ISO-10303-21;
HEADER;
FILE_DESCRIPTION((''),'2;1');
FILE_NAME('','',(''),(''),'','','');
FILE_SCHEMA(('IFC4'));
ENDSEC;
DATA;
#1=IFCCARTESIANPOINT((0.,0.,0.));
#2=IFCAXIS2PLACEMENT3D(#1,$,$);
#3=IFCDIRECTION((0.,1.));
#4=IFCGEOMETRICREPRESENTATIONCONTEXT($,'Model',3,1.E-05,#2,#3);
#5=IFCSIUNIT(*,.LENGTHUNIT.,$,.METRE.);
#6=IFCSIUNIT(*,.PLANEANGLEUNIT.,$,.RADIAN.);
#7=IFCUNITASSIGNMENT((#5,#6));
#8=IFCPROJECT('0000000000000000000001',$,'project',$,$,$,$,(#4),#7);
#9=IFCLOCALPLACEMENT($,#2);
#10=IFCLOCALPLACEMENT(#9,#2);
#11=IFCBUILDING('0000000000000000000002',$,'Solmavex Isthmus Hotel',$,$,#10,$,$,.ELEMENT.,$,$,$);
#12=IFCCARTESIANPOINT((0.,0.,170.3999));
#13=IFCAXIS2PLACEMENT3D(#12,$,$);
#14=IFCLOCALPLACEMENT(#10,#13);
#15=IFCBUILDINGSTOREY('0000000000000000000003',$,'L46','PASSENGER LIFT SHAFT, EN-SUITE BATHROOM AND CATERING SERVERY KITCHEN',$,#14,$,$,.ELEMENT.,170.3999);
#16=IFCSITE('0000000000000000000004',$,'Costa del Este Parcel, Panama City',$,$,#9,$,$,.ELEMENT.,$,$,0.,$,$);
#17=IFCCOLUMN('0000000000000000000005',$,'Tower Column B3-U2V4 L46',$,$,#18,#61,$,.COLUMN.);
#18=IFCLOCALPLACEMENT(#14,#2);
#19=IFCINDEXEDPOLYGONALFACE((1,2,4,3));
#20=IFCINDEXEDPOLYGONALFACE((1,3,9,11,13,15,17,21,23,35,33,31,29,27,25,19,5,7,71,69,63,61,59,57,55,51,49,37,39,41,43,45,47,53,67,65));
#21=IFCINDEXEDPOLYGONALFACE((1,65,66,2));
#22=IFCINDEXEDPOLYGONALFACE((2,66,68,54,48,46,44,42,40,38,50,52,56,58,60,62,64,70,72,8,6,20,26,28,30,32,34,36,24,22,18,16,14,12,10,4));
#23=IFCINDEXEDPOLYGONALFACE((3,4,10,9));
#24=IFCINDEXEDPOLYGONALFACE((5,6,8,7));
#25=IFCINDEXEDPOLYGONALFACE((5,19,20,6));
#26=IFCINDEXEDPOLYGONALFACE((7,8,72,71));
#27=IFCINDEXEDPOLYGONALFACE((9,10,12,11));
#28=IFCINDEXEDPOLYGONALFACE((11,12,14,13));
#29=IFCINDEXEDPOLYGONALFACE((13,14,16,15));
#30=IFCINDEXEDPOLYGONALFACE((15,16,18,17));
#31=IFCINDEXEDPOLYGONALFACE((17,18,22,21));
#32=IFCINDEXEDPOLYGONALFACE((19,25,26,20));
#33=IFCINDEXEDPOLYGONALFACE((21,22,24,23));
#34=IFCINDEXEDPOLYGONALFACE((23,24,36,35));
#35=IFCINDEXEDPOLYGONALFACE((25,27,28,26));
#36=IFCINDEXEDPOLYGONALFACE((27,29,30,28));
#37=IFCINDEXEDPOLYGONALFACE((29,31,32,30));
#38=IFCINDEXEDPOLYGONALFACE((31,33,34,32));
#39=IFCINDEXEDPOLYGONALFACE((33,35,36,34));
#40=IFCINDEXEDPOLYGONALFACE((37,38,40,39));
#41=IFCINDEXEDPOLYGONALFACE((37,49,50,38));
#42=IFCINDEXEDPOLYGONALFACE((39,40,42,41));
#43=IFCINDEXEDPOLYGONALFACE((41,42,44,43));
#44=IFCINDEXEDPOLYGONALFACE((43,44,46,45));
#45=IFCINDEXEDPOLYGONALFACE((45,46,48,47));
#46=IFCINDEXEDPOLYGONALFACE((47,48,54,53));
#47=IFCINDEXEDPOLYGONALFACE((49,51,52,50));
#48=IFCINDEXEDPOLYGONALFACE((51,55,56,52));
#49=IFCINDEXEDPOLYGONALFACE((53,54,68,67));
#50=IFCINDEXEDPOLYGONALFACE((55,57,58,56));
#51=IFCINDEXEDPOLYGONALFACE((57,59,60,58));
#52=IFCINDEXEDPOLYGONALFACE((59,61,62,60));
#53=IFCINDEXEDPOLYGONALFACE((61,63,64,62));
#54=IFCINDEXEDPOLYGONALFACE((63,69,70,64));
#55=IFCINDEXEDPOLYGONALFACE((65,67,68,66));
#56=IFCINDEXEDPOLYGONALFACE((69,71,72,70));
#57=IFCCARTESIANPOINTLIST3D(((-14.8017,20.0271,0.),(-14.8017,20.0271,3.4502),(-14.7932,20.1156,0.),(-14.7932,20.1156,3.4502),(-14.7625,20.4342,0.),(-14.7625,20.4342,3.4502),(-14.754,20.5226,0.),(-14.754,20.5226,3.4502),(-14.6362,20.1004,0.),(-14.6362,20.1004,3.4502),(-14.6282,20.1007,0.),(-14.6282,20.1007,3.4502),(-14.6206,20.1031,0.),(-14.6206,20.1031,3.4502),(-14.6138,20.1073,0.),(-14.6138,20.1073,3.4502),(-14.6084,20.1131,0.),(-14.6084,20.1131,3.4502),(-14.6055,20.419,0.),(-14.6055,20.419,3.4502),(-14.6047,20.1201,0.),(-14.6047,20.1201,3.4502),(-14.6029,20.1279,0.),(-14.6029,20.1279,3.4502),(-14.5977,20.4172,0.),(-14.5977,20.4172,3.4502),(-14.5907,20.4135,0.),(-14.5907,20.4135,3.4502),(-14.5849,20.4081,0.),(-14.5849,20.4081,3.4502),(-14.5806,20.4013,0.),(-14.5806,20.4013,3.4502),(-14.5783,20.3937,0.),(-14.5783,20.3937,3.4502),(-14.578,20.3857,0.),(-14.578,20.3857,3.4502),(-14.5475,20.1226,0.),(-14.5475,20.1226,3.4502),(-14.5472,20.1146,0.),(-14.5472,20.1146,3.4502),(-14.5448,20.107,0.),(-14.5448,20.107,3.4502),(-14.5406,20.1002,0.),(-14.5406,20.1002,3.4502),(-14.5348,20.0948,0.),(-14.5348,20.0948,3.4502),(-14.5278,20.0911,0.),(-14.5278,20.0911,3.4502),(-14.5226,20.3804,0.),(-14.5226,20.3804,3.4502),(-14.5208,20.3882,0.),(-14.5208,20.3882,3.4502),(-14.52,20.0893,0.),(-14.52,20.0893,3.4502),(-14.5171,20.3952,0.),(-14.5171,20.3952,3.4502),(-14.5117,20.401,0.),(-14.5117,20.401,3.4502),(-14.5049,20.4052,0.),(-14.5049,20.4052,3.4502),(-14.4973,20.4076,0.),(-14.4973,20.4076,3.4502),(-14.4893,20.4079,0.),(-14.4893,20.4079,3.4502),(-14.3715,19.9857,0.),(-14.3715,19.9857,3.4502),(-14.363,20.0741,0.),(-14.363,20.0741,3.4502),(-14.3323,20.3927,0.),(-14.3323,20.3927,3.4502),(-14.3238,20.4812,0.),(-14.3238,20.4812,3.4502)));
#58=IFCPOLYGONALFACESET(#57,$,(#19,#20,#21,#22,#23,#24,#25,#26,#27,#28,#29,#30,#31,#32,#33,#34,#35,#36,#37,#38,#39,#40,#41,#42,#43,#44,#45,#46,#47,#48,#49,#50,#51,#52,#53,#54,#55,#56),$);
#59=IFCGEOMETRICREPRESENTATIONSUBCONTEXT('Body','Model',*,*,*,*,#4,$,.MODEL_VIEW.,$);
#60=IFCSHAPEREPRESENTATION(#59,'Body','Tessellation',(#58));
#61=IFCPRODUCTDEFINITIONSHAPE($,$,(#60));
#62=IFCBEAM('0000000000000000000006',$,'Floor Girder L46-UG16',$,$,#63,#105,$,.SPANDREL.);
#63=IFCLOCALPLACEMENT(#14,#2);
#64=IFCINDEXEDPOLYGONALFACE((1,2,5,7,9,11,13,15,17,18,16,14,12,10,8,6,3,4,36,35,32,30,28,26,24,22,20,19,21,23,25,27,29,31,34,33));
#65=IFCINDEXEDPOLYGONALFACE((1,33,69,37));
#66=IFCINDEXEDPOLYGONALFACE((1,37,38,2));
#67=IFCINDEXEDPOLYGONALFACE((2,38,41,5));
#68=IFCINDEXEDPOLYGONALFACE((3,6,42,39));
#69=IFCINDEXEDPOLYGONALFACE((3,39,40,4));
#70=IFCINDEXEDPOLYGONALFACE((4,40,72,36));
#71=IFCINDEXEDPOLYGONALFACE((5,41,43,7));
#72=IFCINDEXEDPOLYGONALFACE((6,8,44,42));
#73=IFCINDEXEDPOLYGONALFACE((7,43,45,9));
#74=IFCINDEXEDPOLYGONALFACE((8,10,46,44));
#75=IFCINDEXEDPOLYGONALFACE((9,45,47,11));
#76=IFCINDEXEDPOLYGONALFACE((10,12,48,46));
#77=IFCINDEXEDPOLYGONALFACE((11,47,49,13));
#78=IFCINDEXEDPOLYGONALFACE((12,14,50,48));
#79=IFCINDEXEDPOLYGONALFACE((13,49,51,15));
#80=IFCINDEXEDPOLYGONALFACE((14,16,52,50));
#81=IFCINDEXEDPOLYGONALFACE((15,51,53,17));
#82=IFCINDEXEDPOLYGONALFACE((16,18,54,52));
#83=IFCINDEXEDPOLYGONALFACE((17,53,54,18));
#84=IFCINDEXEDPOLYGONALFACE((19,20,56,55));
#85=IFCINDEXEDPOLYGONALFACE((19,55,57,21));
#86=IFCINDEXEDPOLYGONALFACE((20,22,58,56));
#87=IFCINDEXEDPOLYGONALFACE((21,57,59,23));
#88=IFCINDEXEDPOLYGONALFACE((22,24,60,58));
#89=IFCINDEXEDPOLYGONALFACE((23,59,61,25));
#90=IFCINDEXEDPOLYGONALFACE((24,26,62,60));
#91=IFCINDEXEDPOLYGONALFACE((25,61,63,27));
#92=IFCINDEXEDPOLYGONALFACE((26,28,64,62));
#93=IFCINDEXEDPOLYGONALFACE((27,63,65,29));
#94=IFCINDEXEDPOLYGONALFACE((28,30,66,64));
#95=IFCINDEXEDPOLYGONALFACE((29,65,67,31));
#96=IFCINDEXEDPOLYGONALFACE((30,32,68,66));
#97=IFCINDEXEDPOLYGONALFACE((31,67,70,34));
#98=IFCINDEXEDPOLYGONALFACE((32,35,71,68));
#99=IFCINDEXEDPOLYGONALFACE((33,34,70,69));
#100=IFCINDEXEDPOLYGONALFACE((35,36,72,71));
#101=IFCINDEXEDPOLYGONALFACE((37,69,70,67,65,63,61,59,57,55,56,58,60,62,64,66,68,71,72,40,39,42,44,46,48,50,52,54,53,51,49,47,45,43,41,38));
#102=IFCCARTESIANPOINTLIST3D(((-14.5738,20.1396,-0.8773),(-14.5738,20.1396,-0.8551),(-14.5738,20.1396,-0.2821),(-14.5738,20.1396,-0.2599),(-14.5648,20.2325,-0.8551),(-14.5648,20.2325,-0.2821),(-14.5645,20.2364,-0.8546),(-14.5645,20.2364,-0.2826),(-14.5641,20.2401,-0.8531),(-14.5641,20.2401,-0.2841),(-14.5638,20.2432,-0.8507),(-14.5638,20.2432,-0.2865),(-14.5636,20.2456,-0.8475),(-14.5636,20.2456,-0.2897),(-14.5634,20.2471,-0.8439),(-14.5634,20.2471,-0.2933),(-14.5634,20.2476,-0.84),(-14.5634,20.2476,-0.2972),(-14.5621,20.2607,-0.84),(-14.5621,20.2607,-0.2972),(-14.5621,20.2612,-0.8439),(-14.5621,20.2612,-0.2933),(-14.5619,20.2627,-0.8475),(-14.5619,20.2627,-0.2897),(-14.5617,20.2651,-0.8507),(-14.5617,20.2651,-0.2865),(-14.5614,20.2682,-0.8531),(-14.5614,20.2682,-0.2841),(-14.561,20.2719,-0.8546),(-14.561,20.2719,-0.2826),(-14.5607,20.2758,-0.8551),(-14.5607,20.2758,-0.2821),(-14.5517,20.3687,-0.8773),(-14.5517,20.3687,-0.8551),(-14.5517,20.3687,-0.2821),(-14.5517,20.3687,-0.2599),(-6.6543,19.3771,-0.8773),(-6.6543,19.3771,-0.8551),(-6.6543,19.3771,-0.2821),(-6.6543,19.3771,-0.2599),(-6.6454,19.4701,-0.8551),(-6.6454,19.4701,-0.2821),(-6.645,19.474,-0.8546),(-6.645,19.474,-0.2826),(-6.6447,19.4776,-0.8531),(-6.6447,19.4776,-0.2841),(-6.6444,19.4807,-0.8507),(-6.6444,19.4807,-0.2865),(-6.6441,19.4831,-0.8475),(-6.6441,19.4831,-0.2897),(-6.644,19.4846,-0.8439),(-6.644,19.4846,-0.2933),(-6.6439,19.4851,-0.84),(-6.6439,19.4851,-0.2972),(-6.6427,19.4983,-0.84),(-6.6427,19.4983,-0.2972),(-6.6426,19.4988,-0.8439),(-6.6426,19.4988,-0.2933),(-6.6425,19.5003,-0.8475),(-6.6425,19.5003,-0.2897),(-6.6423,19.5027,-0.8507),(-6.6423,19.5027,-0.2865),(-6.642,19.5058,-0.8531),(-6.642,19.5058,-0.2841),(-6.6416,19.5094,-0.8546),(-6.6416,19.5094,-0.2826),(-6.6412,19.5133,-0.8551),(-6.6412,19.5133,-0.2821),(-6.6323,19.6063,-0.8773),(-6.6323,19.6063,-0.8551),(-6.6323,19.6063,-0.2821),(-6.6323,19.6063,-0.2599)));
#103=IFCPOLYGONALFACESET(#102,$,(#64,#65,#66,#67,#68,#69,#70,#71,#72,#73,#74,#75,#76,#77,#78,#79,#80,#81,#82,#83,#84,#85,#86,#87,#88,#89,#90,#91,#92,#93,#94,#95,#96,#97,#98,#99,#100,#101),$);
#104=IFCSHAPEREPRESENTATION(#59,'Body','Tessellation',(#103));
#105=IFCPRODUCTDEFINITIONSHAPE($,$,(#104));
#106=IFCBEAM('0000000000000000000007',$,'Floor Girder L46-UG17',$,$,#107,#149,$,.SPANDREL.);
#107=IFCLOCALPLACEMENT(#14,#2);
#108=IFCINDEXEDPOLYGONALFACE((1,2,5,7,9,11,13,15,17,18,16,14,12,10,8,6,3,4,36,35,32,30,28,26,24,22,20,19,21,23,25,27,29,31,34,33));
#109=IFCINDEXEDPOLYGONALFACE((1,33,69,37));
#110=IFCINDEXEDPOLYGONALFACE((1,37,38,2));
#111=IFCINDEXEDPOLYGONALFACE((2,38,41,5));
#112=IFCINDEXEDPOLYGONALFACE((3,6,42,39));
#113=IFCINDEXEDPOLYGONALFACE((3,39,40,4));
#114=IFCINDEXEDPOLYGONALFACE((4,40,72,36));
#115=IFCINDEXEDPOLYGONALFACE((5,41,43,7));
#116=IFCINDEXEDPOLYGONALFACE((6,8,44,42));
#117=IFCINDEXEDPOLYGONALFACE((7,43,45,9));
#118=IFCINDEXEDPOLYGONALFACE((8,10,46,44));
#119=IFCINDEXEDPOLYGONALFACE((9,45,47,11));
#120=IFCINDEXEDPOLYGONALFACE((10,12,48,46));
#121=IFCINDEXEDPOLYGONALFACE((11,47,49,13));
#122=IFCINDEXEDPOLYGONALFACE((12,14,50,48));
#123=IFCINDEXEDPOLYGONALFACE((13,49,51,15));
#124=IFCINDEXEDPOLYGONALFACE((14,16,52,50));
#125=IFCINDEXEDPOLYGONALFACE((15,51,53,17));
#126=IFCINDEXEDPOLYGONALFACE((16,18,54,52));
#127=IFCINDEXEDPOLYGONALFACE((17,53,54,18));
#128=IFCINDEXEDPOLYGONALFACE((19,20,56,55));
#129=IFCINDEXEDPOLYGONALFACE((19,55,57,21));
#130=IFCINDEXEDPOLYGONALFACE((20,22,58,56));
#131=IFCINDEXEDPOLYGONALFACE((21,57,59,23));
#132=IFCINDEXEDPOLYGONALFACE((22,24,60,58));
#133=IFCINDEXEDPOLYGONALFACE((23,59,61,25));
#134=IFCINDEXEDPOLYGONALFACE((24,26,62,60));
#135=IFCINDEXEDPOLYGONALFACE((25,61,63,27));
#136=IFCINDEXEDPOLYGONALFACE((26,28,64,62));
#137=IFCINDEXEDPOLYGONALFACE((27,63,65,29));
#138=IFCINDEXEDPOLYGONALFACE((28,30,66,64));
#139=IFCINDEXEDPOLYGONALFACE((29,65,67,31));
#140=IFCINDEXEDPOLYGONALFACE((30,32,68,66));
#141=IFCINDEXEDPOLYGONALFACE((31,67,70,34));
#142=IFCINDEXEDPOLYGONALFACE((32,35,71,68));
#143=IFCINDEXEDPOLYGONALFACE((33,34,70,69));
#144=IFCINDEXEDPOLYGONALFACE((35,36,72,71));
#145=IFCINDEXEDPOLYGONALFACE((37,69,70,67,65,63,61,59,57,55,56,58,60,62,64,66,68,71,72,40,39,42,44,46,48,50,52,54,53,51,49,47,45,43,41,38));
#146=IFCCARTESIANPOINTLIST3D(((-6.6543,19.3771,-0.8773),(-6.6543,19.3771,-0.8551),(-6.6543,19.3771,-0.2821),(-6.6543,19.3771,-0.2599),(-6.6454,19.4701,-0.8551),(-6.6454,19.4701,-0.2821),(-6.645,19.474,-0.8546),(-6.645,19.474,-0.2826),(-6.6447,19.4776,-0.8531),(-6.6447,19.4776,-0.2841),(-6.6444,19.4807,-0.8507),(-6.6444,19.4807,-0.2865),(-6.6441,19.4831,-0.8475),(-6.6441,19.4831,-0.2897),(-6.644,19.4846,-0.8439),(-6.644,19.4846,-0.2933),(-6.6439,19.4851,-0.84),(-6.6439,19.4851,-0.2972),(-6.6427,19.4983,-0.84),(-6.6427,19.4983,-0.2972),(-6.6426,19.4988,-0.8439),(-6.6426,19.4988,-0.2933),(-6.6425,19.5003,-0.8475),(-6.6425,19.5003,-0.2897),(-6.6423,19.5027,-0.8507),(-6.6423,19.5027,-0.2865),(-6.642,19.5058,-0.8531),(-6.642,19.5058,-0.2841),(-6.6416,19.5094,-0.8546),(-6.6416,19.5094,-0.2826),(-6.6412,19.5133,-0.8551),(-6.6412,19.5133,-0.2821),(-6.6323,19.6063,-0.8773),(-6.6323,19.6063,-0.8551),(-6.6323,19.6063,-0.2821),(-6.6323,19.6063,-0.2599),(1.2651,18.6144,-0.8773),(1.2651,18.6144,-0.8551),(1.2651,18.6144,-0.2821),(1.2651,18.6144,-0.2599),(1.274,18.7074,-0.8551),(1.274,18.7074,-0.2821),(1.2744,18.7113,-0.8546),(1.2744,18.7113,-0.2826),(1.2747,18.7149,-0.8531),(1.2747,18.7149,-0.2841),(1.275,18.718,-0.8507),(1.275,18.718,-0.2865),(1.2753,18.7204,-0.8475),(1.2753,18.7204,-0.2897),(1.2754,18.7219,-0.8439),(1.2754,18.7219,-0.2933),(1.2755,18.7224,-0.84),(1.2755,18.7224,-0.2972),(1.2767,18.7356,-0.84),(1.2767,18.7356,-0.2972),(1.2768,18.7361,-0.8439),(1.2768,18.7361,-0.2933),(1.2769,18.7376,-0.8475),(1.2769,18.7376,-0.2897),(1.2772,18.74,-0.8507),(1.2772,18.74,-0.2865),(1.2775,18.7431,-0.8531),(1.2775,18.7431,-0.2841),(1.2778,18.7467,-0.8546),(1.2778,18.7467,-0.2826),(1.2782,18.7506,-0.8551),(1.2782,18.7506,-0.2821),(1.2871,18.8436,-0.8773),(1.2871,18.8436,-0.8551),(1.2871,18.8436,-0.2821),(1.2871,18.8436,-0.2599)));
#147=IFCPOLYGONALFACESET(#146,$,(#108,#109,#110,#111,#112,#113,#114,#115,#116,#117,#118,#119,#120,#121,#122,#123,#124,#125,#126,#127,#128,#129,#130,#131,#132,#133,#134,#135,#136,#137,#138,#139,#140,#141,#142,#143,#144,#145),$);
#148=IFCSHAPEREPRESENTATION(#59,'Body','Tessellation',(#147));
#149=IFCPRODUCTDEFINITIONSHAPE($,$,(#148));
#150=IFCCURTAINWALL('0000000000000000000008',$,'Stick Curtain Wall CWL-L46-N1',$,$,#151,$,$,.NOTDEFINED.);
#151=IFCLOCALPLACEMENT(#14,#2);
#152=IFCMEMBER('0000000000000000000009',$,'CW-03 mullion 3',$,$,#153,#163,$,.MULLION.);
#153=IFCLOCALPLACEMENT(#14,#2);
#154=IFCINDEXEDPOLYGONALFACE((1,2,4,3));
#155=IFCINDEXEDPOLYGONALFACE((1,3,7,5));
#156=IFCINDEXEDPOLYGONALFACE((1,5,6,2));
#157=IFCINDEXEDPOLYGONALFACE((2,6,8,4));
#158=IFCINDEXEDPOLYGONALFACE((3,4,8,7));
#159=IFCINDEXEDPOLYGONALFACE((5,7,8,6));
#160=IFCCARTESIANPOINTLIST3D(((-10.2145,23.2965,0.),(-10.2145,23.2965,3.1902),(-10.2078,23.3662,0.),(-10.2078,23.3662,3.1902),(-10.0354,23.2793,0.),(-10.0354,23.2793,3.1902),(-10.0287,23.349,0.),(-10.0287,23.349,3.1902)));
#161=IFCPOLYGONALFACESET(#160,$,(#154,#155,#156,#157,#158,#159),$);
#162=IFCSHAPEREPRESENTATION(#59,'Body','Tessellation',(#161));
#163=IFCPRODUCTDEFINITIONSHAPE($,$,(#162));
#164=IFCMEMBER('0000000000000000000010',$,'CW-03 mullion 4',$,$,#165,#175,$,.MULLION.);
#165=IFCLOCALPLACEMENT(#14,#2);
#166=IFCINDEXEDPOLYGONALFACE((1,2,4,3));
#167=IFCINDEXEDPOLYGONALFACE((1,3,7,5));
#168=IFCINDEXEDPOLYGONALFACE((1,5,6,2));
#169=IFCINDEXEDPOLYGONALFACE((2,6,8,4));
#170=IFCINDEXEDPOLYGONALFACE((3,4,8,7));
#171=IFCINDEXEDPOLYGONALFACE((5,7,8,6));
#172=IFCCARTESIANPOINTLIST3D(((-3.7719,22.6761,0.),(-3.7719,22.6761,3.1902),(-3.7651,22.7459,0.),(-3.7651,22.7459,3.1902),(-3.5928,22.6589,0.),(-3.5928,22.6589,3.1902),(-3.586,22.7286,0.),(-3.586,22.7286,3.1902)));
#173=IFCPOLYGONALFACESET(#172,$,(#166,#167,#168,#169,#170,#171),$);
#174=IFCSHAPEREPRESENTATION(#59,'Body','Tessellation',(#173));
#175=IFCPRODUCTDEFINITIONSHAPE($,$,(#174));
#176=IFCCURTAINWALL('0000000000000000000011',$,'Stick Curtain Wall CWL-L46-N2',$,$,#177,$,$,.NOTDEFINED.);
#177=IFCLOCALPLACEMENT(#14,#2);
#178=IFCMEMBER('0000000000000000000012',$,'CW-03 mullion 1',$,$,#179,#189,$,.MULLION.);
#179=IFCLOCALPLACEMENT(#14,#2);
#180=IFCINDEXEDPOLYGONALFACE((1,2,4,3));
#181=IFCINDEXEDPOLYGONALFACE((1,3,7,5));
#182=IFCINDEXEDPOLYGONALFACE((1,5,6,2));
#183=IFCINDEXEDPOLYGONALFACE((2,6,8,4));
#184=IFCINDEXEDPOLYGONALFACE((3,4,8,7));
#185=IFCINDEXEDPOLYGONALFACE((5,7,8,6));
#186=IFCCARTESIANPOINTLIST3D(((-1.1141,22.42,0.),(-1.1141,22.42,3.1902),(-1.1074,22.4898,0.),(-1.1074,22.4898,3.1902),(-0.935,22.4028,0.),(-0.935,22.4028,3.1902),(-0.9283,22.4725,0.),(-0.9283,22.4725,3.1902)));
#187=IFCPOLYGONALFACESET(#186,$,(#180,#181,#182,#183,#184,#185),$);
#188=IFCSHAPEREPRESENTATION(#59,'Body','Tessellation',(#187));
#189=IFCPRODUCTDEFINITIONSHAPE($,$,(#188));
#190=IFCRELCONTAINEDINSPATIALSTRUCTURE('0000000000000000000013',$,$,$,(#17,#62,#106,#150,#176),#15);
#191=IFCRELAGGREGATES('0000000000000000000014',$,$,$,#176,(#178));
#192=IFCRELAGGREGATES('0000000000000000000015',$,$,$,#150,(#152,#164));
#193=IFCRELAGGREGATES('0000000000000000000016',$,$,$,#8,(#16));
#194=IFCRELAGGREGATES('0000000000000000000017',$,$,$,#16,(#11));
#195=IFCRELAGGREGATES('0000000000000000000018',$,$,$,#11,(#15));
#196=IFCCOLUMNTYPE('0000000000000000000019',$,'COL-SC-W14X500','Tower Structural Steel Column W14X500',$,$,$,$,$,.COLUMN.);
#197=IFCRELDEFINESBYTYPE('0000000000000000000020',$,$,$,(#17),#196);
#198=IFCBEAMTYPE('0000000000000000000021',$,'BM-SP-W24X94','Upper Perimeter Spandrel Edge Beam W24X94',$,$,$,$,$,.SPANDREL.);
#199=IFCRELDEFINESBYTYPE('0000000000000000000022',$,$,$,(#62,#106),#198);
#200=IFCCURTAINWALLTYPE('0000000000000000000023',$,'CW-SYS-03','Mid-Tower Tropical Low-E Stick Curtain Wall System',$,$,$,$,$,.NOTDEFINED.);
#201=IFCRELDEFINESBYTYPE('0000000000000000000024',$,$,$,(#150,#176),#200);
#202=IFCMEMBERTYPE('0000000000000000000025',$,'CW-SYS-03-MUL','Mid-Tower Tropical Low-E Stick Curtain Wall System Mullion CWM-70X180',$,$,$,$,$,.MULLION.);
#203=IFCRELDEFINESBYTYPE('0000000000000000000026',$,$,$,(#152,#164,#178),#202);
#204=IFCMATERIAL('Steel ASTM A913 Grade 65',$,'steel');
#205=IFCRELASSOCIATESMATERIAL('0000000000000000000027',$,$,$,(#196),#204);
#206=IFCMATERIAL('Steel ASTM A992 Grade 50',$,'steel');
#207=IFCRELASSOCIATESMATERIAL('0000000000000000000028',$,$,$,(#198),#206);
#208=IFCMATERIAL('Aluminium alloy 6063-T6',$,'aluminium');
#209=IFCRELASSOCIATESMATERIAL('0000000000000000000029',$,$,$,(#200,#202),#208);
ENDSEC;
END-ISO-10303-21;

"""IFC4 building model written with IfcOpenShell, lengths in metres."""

from ifc_helpers import new_model, si_unit, direction, frame, origin, origin_2d, place, context, subcontext, project, spatial, rectangle, i_section, extrude, material, material_profile, profile_set, type_object, element, aggregate, save


model = new_model("IFC4")

# Units and contexts
model_context = context("Model", 3, precision=1e-05, world=origin(), true_north=direction((0.0, 1.0)))
body_context = subcontext(model_context, "Body", "Model", "MODEL_VIEW")
ifc_project = project(units=[si_unit("LENGTHUNIT", "METRE"), si_unit("PLANEANGLEUNIT", "RADIAN")], contexts=[model_context])

# Site, building, storey
site_placement = place(None, origin())
site = spatial("IfcSite", under=ifc_project, at=site_placement, Name="Costa del Este Parcel, Panama City", CompositionType="ELEMENT", RefElevation=0.0)
building_placement = place(site_placement, origin())
building = spatial("IfcBuilding", under=site, at=building_placement, Name="Solmavex Isthmus Hotel", CompositionType="ELEMENT")
storey_placement = place(building_placement, frame((0.0, 0.0, 170.3999)))
storey = spatial("IfcBuildingStorey", under=building, at=storey_placement, Name="L46", Description="PASSENGER LIFT SHAFT, EN-SUITE BATHROOM AND CATERING SERVERY KITCHEN", CompositionType="ELEMENT", Elevation=170.3999)

# Column
ifc_material_1 = material(Name="Steel ASTM A913 Grade 65", Category="steel")
ifc_material_profile_1 = material_profile(ifc_material_1, i_section(OverallWidth=0.4321, OverallDepth=0.4978, WebThickness=0.0557, FlangeThickness=0.0889, FilletRadius=0.0305, at=origin_2d()), Name="W14X500")
ifc_profile_set_1 = profile_set([ifc_material_profile_1], Name="Steel ASTM A913 Grade 65")
column_type = type_object("IfcColumnType", Name="COL-SC-W14X500", Description="Tower Structural Steel Column W14X500", PredefinedType="COLUMN", material=ifc_profile_set_1)
column_placement = place(storey_placement, frame((-14.5627, 20.2542, 0.0), z_axis=(0.0, 0.0, 1.0), x_axis=(0.995396, -0.095846, 0.0)))
element("IfcColumn", 1, at=column_placement, inside=storey, type_object=column_type, Name="Tower Column B3-U2V4 L46", PredefinedType="COLUMN", context=body_context, shape_type="SweptSolid", body=[
    extrude(i_section(OverallWidth=0.4321, OverallDepth=0.4978, WebThickness=0.0557, FlangeThickness=0.0889, FilletRadius=0.0305, at=origin_2d()), origin(), (0.0, 0.0, 1.0), 3.4502),
])

# Beams
ifc_material_2 = material(Name="Steel ASTM A992 Grade 50", Category="steel")
ifc_material_profile_2 = material_profile(ifc_material_2, i_section(OverallWidth=0.2302, OverallDepth=0.6174, WebThickness=0.0132, FlangeThickness=0.0222, FilletRadius=0.0151, at=origin_2d()), Name="W24X94")
ifc_profile_set_2 = profile_set([ifc_material_profile_2], Name="Steel ASTM A992 Grade 50")
beam_type = type_object("IfcBeamType", Name="BM-SP-W24X94", Description="Upper Perimeter Spandrel Edge Beam W24X94", PredefinedType="SPANDREL", material=ifc_profile_set_2)
for number, where, z_axis, x_axis, name in (
    (2, (-14.5627, 20.2542, -0.5686), (0.995397, -0.095833, 0.0), (0.095833, 0.995397, 0.0), "Floor Girder L46-UG16"),
    (3, (-6.6433, 19.4917, -0.5686), (0.995395, -0.095863, 0.0), (0.095863, 0.995395, 0.0), "Floor Girder L46-UG17"),
):
    element("IfcBeam", number, at=place(storey_placement, frame(where, z_axis=z_axis, x_axis=x_axis)), inside=storey, type_object=beam_type, Name=name, PredefinedType="SPANDREL", context=body_context, shape_type="SweptSolid", body=[
        extrude(i_section(OverallWidth=0.2302, OverallDepth=0.6174, WebThickness=0.0132, FlangeThickness=0.0222, FilletRadius=0.0151, at=origin_2d()), origin(), (0.0, 0.0, 1.0), 7.9561),
    ])

# Curtain wall, members
ifc_material_3 = material(Name="Aluminium alloy 6063-T6", Category="aluminium")
curtain_wall_type = type_object("IfcCurtainWallType", Name="CW-SYS-03", Description="Mid-Tower Tropical Low-E Stick Curtain Wall System", PredefinedType="NOTDEFINED", material=ifc_material_3)
curtain_wall_1_placement = place(storey_placement, origin())
curtain_wall_1 = element("IfcCurtainWall", 4, at=curtain_wall_1_placement, inside=storey, type_object=curtain_wall_type, Name="Stick Curtain Wall CWL-L46-N1", PredefinedType="NOTDEFINED")
ifc_material_profile_3 = material_profile(ifc_material_3, rectangle(XDim=0.0701, YDim=0.1799, at=origin_2d()), Name="CWM-70X180")
ifc_profile_set_3 = profile_set([ifc_material_profile_3], Name="Aluminium alloy 6063-T6")
member_type_1 = type_object("IfcMemberType", Name="CW-SYS-03-MUL", Description="Mid-Tower Tropical Low-E Stick Curtain Wall System Mullion CWM-70X180", PredefinedType="MULLION", material=ifc_profile_set_3)
member_1_placement = place(storey_placement, frame((-10.1216, 23.3228, 0.0), z_axis=(0.0, 0.0, 1.0), x_axis=(0.095846, 0.995396, 0.0)))
member_1 = element("IfcMember", 5, at=member_1_placement, type_object=member_type_1, Name="CW-03 mullion 3", PredefinedType="MULLION", context=body_context, shape_type="SweptSolid", body=[
    extrude(rectangle(XDim=0.0701, YDim=0.1799, at=origin_2d()), origin(), (0.0, 0.0, 1.0), 3.1902),
])
member_2_placement = place(storey_placement, frame((-3.679, 22.7024, 0.0), z_axis=(0.0, 0.0, 1.0), x_axis=(0.095846, 0.995396, 0.0)))
member_2 = element("IfcMember", 6, at=member_2_placement, type_object=member_type_1, Name="CW-03 mullion 4", PredefinedType="MULLION", context=body_context, shape_type="SweptSolid", body=[
    extrude(rectangle(XDim=0.0701, YDim=0.1799, at=origin_2d()), origin(), (0.0, 0.0, 1.0), 3.1902),
])

# Curtain wall, member
curtain_wall_2_placement = place(storey_placement, origin())
curtain_wall_2 = element("IfcCurtainWall", 7, at=curtain_wall_2_placement, inside=storey, type_object=curtain_wall_type, Name="Stick Curtain Wall CWL-L46-N2", PredefinedType="NOTDEFINED")
member_3_placement = place(storey_placement, frame((-1.0212, 22.4463, 0.0), z_axis=(0.0, 0.0, 1.0), x_axis=(0.095845, 0.995396, 0.0)))
member_3 = element("IfcMember", 8, at=member_3_placement, type_object=member_type_1, Name="CW-03 mullion 1", PredefinedType="MULLION", context=body_context, shape_type="SweptSolid", body=[
    extrude(rectangle(XDim=0.0701, YDim=0.1799, at=origin_2d()), origin(), (0.0, 0.0, 1.0), 3.1902),
])

aggregate(curtain_wall_2, [member_3])

aggregate(curtain_wall_1, [member_1, member_2])

save(model, "model.ifc")
